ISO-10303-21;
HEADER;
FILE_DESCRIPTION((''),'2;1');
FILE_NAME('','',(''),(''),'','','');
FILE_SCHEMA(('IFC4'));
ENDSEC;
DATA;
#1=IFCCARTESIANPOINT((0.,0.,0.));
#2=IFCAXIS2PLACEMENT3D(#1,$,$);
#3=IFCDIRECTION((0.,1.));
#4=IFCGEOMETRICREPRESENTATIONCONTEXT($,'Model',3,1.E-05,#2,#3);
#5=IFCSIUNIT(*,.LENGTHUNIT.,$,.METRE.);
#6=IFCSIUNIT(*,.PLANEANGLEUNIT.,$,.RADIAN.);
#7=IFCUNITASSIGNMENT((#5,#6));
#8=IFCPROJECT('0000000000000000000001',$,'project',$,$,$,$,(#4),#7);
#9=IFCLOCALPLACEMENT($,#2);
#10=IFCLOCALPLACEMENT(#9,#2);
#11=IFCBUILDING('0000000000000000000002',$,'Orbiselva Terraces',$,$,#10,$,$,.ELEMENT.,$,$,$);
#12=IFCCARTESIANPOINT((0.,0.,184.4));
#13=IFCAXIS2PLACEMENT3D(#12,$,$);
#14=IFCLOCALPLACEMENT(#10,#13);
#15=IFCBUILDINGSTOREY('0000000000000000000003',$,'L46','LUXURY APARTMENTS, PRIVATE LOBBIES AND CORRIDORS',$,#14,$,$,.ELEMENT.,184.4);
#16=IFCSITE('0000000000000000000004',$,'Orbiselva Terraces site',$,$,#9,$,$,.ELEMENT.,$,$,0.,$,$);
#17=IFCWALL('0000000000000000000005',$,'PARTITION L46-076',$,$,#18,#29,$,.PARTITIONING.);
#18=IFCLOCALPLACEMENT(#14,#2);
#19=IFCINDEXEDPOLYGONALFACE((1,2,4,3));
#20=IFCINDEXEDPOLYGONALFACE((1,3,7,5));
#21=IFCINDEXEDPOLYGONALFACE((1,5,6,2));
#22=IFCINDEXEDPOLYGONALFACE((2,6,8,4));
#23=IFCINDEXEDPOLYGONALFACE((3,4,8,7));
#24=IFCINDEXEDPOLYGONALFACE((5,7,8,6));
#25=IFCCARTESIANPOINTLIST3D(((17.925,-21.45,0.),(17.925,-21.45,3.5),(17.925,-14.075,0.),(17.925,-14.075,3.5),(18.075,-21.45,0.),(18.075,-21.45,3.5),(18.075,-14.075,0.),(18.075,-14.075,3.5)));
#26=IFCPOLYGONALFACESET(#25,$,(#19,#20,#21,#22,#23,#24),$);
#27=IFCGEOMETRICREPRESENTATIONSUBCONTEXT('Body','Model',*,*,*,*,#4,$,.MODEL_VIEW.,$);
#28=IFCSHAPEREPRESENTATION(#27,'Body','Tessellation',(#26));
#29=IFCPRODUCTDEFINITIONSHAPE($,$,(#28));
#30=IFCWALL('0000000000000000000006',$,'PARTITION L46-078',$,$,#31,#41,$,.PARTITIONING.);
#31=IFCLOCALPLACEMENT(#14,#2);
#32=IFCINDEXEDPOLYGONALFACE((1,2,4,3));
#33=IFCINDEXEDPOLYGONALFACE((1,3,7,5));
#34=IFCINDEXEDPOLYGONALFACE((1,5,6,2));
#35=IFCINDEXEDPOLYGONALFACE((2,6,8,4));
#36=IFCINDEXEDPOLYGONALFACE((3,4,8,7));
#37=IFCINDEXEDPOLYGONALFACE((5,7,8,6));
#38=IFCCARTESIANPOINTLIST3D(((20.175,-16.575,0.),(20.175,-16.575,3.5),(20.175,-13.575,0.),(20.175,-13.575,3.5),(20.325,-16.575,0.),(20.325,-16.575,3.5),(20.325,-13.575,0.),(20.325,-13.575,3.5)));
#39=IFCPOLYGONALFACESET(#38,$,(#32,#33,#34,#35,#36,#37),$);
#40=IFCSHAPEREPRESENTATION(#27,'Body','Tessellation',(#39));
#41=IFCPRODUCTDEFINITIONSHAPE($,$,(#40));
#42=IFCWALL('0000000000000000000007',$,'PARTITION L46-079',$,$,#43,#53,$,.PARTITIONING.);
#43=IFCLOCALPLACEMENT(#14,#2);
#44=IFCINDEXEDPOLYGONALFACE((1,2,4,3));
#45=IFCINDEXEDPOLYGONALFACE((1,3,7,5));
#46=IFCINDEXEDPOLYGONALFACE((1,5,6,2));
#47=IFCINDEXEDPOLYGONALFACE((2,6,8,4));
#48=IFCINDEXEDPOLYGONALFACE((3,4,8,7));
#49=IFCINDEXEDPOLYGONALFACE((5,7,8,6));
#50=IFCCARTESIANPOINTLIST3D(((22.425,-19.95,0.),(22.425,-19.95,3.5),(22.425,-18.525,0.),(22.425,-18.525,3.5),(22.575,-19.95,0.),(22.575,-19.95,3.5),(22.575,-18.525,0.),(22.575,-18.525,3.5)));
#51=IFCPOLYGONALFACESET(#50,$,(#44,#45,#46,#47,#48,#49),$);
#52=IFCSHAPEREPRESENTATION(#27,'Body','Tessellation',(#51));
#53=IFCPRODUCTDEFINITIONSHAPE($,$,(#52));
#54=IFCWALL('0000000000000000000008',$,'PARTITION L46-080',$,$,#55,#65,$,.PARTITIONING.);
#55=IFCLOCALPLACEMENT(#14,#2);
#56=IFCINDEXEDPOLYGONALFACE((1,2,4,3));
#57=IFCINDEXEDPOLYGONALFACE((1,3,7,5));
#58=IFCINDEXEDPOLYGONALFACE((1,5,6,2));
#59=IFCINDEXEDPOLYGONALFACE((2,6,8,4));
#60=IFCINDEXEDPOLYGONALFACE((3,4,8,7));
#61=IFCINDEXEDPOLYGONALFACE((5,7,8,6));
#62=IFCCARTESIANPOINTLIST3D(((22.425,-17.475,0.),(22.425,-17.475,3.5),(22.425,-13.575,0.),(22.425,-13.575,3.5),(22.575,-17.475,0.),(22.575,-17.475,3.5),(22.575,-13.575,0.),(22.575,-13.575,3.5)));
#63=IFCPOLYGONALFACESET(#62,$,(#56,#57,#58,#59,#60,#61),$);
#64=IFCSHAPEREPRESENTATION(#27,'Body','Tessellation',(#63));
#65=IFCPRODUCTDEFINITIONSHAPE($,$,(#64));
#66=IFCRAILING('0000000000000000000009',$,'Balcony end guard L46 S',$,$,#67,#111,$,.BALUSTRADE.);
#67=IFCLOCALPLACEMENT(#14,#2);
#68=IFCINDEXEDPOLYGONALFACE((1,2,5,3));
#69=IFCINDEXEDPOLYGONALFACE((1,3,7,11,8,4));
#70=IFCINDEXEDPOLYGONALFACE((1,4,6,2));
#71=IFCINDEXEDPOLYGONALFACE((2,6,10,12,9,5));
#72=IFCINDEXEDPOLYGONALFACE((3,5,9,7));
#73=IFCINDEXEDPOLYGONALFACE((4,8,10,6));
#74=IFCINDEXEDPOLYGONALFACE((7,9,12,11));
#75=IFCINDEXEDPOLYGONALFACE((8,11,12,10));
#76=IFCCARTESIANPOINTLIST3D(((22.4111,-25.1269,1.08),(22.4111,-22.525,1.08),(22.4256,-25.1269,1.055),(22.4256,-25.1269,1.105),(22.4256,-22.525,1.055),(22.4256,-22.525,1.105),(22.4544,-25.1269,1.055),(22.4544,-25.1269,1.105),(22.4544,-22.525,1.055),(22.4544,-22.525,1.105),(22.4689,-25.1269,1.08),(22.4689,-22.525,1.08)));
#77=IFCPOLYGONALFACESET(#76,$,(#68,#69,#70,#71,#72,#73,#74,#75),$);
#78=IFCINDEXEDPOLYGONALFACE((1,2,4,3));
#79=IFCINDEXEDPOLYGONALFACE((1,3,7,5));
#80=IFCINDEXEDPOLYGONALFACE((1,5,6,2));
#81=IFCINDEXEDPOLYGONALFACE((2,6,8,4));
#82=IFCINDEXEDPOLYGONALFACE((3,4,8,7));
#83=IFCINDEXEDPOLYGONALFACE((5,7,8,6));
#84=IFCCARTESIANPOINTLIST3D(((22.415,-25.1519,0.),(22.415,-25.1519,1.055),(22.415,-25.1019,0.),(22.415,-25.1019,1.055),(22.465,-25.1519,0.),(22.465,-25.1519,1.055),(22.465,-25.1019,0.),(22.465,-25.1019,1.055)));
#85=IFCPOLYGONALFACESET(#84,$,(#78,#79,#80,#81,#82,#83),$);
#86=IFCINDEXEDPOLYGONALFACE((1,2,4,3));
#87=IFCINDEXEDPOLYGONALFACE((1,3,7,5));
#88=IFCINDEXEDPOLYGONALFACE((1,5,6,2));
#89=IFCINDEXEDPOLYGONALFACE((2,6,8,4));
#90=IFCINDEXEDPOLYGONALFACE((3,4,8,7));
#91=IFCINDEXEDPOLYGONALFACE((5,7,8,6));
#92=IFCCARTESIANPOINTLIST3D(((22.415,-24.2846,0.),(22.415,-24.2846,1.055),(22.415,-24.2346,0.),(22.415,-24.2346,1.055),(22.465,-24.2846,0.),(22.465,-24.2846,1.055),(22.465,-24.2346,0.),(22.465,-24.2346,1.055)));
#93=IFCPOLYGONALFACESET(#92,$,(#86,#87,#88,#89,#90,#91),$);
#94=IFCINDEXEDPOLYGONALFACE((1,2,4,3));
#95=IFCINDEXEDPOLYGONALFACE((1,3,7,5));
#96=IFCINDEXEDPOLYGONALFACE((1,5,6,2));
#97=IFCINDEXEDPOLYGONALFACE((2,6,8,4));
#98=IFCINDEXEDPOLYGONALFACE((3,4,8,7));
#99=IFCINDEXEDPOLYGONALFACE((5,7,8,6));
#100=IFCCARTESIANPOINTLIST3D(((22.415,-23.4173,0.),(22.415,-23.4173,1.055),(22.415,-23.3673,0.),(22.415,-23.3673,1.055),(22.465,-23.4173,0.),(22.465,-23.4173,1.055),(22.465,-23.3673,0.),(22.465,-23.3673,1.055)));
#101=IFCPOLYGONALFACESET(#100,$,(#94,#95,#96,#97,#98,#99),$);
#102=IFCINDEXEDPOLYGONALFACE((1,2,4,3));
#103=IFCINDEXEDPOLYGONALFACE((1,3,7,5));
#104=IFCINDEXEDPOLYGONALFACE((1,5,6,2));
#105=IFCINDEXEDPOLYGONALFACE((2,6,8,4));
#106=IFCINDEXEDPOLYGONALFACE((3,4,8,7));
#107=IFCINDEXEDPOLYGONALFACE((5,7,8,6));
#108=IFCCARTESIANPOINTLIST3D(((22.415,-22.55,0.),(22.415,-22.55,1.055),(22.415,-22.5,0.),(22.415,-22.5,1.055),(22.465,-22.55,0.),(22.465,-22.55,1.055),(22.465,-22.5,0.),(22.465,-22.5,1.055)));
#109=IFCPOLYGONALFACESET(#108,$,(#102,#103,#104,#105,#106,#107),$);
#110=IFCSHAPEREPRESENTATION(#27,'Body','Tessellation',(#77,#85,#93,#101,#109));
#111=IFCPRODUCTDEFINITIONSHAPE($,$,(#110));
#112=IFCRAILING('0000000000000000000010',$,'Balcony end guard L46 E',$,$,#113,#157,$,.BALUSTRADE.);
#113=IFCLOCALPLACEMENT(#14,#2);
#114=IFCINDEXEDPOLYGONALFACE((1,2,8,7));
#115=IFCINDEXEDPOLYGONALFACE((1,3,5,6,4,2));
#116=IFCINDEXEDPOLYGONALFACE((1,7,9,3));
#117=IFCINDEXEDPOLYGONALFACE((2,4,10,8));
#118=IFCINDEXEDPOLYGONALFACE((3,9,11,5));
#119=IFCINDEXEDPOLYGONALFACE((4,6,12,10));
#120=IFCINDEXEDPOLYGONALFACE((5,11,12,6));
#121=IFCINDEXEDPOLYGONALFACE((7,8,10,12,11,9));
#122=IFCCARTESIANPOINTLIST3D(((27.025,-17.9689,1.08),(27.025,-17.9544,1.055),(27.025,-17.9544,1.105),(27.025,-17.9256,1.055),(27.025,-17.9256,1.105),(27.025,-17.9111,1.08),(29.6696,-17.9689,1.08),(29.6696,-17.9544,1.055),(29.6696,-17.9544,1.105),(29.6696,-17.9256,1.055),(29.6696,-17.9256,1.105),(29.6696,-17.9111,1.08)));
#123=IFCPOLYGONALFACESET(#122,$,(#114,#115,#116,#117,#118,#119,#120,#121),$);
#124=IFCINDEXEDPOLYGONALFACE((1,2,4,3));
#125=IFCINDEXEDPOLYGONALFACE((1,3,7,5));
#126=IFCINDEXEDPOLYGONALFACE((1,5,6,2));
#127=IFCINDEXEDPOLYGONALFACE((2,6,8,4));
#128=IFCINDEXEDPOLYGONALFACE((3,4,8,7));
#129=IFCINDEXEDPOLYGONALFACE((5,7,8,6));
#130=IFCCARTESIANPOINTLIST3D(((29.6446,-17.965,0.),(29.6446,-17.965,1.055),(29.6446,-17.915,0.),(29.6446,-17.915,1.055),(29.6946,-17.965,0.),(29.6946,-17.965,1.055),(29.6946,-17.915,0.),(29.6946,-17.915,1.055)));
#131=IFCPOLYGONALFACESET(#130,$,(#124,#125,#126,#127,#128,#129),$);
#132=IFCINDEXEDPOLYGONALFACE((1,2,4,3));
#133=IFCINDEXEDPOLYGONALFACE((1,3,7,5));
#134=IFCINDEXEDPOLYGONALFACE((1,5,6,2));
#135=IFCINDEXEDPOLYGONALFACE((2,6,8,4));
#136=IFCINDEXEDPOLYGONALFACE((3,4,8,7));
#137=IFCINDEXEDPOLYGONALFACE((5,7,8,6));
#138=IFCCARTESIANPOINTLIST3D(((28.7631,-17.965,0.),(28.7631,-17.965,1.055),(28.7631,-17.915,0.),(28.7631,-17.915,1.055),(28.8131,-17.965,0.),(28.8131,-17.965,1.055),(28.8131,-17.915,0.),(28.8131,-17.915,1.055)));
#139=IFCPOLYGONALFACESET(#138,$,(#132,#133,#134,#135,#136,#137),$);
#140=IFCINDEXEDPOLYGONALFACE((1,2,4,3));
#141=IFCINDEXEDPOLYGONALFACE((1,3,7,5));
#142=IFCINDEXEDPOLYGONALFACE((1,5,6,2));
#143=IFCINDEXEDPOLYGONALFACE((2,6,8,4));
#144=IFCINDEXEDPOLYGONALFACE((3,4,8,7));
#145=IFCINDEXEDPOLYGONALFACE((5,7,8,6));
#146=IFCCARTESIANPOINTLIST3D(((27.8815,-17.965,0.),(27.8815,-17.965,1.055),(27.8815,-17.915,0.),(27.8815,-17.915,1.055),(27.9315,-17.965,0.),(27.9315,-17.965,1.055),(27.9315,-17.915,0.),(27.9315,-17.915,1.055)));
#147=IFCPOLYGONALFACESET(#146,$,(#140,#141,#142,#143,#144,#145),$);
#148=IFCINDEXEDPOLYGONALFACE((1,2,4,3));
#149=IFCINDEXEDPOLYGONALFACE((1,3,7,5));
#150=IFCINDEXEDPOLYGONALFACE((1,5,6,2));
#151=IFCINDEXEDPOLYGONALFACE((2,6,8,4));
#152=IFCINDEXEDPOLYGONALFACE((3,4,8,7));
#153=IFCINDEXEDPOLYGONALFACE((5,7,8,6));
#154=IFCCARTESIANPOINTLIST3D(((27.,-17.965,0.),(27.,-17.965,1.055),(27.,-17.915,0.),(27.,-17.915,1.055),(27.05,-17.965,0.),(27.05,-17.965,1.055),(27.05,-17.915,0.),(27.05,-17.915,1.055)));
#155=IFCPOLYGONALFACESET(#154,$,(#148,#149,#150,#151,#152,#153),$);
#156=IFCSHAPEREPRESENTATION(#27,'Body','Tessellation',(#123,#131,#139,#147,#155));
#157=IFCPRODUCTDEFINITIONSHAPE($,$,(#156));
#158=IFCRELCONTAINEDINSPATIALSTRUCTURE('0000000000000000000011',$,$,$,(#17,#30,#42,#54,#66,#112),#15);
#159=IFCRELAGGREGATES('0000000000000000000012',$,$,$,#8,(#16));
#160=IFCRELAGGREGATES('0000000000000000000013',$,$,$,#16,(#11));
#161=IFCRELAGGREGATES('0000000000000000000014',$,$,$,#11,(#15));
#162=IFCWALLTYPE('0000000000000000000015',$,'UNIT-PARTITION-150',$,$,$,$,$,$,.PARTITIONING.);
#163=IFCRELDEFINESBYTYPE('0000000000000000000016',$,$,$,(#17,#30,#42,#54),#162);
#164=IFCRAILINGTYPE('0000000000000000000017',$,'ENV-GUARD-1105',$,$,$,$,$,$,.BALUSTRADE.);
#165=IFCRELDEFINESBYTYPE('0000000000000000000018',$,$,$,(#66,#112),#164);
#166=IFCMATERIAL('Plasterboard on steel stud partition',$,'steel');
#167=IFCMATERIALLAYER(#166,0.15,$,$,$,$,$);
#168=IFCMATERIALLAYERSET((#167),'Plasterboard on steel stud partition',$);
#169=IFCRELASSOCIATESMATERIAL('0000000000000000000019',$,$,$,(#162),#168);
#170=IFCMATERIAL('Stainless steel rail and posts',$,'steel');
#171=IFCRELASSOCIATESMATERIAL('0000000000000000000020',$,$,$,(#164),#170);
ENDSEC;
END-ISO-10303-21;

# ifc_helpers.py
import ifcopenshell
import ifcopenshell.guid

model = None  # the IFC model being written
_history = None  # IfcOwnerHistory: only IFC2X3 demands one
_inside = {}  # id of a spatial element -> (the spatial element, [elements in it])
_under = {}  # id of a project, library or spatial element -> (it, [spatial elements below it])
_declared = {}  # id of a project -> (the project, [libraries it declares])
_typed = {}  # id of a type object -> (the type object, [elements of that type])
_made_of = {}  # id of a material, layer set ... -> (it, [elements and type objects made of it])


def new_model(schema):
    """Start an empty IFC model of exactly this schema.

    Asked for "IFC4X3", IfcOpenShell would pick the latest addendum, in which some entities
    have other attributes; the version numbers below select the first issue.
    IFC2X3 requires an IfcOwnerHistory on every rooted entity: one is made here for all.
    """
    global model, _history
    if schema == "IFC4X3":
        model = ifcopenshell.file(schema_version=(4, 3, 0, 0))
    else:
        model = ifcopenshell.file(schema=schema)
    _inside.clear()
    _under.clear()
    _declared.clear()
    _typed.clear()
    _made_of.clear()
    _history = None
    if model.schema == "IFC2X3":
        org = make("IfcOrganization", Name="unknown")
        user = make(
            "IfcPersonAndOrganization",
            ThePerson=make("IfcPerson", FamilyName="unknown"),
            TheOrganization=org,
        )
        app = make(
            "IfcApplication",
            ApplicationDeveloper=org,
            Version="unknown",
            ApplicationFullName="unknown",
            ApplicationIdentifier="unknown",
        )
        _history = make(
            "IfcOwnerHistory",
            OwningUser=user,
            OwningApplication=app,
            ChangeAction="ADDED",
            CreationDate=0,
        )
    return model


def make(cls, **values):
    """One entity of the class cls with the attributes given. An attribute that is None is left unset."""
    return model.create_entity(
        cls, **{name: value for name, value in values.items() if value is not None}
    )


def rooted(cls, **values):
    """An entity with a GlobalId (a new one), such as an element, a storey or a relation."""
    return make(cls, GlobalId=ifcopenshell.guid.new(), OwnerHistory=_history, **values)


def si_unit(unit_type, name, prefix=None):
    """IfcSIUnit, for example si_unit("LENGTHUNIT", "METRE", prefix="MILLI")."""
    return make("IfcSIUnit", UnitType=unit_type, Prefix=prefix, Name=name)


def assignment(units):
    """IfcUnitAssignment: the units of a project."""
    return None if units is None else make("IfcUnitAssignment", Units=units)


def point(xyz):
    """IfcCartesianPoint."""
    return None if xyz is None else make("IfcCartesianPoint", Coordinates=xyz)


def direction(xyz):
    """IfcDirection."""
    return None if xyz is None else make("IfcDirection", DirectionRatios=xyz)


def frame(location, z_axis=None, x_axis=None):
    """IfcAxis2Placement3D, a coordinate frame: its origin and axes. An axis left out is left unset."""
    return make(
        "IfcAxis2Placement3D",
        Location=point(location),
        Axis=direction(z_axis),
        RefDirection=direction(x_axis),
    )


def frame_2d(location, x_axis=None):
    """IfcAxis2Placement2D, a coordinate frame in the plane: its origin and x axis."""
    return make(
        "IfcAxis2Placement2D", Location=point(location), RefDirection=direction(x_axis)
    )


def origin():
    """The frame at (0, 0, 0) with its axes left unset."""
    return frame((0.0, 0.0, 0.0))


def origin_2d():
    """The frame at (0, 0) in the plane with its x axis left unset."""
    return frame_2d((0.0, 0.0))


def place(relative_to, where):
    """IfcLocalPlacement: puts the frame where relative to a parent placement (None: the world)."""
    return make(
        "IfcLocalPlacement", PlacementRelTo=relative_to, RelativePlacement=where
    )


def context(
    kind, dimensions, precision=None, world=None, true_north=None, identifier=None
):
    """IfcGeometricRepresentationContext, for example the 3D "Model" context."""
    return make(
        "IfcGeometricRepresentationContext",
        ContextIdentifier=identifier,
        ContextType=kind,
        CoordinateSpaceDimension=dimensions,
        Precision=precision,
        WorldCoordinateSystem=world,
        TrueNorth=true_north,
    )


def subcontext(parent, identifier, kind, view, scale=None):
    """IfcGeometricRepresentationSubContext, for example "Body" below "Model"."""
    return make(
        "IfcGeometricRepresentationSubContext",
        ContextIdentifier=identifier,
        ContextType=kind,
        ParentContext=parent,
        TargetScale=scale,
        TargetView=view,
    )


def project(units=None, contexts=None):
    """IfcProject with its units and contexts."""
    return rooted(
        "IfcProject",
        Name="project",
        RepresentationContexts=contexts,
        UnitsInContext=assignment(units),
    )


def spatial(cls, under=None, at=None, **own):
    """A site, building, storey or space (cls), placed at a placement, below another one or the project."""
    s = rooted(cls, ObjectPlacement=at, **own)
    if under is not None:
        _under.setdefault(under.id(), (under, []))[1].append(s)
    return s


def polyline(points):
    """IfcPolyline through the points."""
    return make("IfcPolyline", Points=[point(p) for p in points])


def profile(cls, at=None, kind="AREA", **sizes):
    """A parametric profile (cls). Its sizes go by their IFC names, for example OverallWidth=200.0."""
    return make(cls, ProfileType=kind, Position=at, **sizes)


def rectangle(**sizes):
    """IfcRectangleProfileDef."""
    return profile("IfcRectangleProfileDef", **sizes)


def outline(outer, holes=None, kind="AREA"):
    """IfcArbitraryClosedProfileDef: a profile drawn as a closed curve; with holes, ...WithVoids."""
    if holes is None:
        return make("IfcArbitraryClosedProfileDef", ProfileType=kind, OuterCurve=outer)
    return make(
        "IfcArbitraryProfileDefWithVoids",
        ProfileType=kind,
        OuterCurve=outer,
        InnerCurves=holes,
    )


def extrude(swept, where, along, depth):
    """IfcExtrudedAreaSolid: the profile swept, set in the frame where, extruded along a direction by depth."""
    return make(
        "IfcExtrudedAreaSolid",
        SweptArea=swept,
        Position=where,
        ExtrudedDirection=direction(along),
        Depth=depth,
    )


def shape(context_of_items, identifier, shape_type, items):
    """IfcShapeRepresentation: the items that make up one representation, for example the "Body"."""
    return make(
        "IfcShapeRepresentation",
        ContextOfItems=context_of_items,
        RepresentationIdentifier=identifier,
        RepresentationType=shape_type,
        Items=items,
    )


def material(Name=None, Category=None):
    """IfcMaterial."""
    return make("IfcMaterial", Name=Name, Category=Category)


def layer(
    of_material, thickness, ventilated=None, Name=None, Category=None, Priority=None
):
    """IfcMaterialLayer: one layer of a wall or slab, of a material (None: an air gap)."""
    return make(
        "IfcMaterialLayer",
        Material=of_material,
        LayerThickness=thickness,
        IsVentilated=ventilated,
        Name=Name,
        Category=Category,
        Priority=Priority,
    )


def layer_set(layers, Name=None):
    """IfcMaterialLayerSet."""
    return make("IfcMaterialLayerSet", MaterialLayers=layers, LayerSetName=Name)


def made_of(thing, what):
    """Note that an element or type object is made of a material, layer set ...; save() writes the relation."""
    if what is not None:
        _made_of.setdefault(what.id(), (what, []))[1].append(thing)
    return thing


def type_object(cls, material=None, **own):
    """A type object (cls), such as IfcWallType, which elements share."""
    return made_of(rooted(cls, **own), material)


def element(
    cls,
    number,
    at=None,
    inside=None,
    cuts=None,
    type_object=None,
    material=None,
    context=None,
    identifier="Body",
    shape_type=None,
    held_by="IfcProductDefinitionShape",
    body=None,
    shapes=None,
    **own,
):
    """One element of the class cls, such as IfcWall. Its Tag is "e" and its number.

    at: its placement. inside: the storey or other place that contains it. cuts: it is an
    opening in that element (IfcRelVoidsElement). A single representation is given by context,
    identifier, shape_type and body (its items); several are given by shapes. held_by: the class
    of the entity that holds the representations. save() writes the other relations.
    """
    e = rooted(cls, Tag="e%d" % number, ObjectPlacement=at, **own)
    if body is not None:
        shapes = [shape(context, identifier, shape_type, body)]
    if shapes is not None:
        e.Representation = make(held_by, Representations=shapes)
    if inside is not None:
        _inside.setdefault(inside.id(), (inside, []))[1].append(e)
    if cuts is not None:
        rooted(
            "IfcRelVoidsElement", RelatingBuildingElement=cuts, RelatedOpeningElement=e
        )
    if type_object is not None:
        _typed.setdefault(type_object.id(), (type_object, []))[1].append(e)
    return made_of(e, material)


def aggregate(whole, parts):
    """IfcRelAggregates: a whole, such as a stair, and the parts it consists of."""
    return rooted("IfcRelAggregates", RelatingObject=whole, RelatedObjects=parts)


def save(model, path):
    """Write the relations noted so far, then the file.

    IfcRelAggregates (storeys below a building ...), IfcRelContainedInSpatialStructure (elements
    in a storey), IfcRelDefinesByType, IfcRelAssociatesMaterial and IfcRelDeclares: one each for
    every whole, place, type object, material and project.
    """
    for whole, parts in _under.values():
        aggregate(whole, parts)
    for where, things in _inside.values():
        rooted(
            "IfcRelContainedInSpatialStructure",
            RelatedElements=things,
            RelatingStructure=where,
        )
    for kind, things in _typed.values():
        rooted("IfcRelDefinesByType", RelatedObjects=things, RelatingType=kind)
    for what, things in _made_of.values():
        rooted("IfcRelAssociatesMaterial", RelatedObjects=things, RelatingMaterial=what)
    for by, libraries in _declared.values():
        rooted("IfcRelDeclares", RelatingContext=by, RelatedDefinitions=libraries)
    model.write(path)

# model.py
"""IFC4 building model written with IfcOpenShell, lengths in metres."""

from ifc_helpers import new_model, si_unit, direction, frame, frame_2d, origin, origin_2d, place, context, subcontext, project, spatial, polyline, rectangle, outline, extrude, material, layer, layer_set, type_object, element, save


model = new_model("IFC4")

# Units and contexts
model_context = context("Model", 3, precision=1e-05, world=origin(), true_north=direction((0.0, 1.0)))
body_context = subcontext(model_context, "Body", "Model", "MODEL_VIEW")
ifc_project = project(units=[si_unit("LENGTHUNIT", "METRE"), si_unit("PLANEANGLEUNIT", "RADIAN")], contexts=[model_context])

# Site, building, storey
site_placement = place(None, origin())
site = spatial("IfcSite", under=ifc_project, at=site_placement, Name="Orbiselva Terraces site", CompositionType="ELEMENT", RefElevation=0.0)
building_placement = place(site_placement, origin())
building = spatial("IfcBuilding", under=site, at=building_placement, Name="Orbiselva Terraces", CompositionType="ELEMENT")
storey_placement = place(building_placement, frame((0.0, 0.0, 184.4)))
storey = spatial("IfcBuildingStorey", under=building, at=storey_placement, Name="L46", Description="LUXURY APARTMENTS, PRIVATE LOBBIES AND CORRIDORS", CompositionType="ELEMENT", Elevation=184.4)

# Walls
ifc_material_1 = material(Name="Plasterboard on steel stud partition", Category="steel")
ifc_layer_1 = layer(ifc_material_1, 0.15)
ifc_layer_set_1 = layer_set([ifc_layer_1], Name="Plasterboard on steel stud partition")
wall_type_1 = type_object("IfcWallType", Name="UNIT-PARTITION-150", PredefinedType="PARTITIONING", material=ifc_layer_set_1)
wall_1_placement = place(storey_placement, frame((18.0, -21.45, 0.0), z_axis=(0.0, 0.0, 1.0), x_axis=(0.0, 1.0, 0.0)))
element("IfcWall", 1, at=wall_1_placement, inside=storey, type_object=wall_type_1, Name="PARTITION L46-076", PredefinedType="PARTITIONING", context=body_context, shape_type="SweptSolid", body=[
    extrude(rectangle(XDim=7.375, YDim=0.15, at=frame_2d((3.6875, 0.0))), origin(), (0.0, 0.0, 1.0), 3.5),
])
wall_2_placement = place(storey_placement, frame((20.25, -16.575, 0.0), z_axis=(0.0, 0.0, 1.0), x_axis=(0.0, 1.0, 0.0)))
element("IfcWall", 2, at=wall_2_placement, inside=storey, type_object=wall_type_1, Name="PARTITION L46-078", PredefinedType="PARTITIONING", context=body_context, shape_type="SweptSolid", body=[
    extrude(rectangle(XDim=3.0, YDim=0.15, at=frame_2d((1.5, 0.0))), origin(), (0.0, 0.0, 1.0), 3.5),
])
wall_3_placement = place(storey_placement, frame((22.5, -19.95, 0.0), z_axis=(0.0, 0.0, 1.0), x_axis=(0.0, 1.0, 0.0)))
element("IfcWall", 3, at=wall_3_placement, inside=storey, type_object=wall_type_1, Name="PARTITION L46-079", PredefinedType="PARTITIONING", context=body_context, shape_type="SweptSolid", body=[
    extrude(rectangle(XDim=1.425, YDim=0.15, at=frame_2d((0.7125, 0.0))), origin(), (0.0, 0.0, 1.0), 3.5),
])
wall_4_placement = place(storey_placement, frame((22.5, -17.475, 0.0), z_axis=(0.0, 0.0, 1.0), x_axis=(0.0, 1.0, 0.0)))
element("IfcWall", 4, at=wall_4_placement, inside=storey, type_object=wall_type_1, Name="PARTITION L46-080", PredefinedType="PARTITIONING", context=body_context, shape_type="SweptSolid", body=[
    extrude(rectangle(XDim=3.9, YDim=0.15, at=frame_2d((1.95, 0.0))), origin(), (0.0, 0.0, 1.0), 3.5),
])

# Railings
ifc_material_2 = material(Name="Stainless steel rail and posts", Category="steel")
railing_type_1 = type_object("IfcRailingType", Name="ENV-GUARD-1105", PredefinedType="BALUSTRADE", material=ifc_material_2)
railing_1_placement = place(storey_placement, frame((22.44, -25.1269, 0.0)))
element("IfcRailing", 5, at=railing_1_placement, inside=storey, type_object=railing_type_1, Name="Balcony end guard L46 S", PredefinedType="BALUSTRADE", context=body_context, shape_type="SweptSolid", body=[
    extrude(outline(polyline([(0.0289, 0.0), (0.0144, 0.025), (-0.0144, 0.025), (-0.0289, 0.0), (-0.0144, -0.025), (0.0144, -0.025), (0.0289, 0.0)])), frame((0.0, 0.0, 1.08), z_axis=(0.0, 1.0, 0.0), x_axis=(-1.0, 0.0, 0.0)), (0.0, 0.0, 1.0), 2.6019),
    extrude(rectangle(XDim=0.05, YDim=0.05, at=origin_2d()), origin(), (0.0, 0.0, 1.0), 1.055),
    extrude(rectangle(XDim=0.05, YDim=0.05, at=origin_2d()), frame((0.0, 0.8673, 0.0)), (0.0, 0.0, 1.0), 1.055),
    extrude(rectangle(XDim=0.05, YDim=0.05, at=origin_2d()), frame((0.0, 1.7346, 0.0)), (0.0, 0.0, 1.0), 1.055),
    extrude(rectangle(XDim=0.05, YDim=0.05, at=origin_2d()), frame((0.0, 2.6019, 0.0)), (0.0, 0.0, 1.0), 1.055),
])
railing_2_placement = place(storey_placement, frame((29.6696, -17.94, 0.0)))
element("IfcRailing", 6, at=railing_2_placement, inside=storey, type_object=railing_type_1, Name="Balcony end guard L46 E", PredefinedType="BALUSTRADE", context=body_context, shape_type="SweptSolid", body=[
    extrude(outline(polyline([(0.0289, 0.0), (0.0144, 0.025), (-0.0144, 0.025), (-0.0289, 0.0), (-0.0144, -0.025), (0.0144, -0.025), (0.0289, 0.0)])), frame((0.0, 0.0, 1.08), z_axis=(-1.0, 0.0, 0.0), x_axis=(0.0, -1.0, 0.0)), (0.0, 0.0, 1.0), 2.6446),
    extrude(rectangle(XDim=0.05, YDim=0.05, at=origin_2d()), origin(), (0.0, 0.0, 1.0), 1.055),
    extrude(rectangle(XDim=0.05, YDim=0.05, at=origin_2d()), frame((-0.8815, 0.0, 0.0)), (0.0, 0.0, 1.0), 1.055),
    extrude(rectangle(XDim=0.05, YDim=0.05, at=origin_2d()), frame((-1.7631, 0.0, 0.0)), (0.0, 0.0, 1.0), 1.055),
    extrude(rectangle(XDim=0.05, YDim=0.05, at=origin_2d()), frame((-2.6446, 0.0, 0.0)), (0.0, 0.0, 1.0), 1.055),
])

save(model, "model.ifc")
